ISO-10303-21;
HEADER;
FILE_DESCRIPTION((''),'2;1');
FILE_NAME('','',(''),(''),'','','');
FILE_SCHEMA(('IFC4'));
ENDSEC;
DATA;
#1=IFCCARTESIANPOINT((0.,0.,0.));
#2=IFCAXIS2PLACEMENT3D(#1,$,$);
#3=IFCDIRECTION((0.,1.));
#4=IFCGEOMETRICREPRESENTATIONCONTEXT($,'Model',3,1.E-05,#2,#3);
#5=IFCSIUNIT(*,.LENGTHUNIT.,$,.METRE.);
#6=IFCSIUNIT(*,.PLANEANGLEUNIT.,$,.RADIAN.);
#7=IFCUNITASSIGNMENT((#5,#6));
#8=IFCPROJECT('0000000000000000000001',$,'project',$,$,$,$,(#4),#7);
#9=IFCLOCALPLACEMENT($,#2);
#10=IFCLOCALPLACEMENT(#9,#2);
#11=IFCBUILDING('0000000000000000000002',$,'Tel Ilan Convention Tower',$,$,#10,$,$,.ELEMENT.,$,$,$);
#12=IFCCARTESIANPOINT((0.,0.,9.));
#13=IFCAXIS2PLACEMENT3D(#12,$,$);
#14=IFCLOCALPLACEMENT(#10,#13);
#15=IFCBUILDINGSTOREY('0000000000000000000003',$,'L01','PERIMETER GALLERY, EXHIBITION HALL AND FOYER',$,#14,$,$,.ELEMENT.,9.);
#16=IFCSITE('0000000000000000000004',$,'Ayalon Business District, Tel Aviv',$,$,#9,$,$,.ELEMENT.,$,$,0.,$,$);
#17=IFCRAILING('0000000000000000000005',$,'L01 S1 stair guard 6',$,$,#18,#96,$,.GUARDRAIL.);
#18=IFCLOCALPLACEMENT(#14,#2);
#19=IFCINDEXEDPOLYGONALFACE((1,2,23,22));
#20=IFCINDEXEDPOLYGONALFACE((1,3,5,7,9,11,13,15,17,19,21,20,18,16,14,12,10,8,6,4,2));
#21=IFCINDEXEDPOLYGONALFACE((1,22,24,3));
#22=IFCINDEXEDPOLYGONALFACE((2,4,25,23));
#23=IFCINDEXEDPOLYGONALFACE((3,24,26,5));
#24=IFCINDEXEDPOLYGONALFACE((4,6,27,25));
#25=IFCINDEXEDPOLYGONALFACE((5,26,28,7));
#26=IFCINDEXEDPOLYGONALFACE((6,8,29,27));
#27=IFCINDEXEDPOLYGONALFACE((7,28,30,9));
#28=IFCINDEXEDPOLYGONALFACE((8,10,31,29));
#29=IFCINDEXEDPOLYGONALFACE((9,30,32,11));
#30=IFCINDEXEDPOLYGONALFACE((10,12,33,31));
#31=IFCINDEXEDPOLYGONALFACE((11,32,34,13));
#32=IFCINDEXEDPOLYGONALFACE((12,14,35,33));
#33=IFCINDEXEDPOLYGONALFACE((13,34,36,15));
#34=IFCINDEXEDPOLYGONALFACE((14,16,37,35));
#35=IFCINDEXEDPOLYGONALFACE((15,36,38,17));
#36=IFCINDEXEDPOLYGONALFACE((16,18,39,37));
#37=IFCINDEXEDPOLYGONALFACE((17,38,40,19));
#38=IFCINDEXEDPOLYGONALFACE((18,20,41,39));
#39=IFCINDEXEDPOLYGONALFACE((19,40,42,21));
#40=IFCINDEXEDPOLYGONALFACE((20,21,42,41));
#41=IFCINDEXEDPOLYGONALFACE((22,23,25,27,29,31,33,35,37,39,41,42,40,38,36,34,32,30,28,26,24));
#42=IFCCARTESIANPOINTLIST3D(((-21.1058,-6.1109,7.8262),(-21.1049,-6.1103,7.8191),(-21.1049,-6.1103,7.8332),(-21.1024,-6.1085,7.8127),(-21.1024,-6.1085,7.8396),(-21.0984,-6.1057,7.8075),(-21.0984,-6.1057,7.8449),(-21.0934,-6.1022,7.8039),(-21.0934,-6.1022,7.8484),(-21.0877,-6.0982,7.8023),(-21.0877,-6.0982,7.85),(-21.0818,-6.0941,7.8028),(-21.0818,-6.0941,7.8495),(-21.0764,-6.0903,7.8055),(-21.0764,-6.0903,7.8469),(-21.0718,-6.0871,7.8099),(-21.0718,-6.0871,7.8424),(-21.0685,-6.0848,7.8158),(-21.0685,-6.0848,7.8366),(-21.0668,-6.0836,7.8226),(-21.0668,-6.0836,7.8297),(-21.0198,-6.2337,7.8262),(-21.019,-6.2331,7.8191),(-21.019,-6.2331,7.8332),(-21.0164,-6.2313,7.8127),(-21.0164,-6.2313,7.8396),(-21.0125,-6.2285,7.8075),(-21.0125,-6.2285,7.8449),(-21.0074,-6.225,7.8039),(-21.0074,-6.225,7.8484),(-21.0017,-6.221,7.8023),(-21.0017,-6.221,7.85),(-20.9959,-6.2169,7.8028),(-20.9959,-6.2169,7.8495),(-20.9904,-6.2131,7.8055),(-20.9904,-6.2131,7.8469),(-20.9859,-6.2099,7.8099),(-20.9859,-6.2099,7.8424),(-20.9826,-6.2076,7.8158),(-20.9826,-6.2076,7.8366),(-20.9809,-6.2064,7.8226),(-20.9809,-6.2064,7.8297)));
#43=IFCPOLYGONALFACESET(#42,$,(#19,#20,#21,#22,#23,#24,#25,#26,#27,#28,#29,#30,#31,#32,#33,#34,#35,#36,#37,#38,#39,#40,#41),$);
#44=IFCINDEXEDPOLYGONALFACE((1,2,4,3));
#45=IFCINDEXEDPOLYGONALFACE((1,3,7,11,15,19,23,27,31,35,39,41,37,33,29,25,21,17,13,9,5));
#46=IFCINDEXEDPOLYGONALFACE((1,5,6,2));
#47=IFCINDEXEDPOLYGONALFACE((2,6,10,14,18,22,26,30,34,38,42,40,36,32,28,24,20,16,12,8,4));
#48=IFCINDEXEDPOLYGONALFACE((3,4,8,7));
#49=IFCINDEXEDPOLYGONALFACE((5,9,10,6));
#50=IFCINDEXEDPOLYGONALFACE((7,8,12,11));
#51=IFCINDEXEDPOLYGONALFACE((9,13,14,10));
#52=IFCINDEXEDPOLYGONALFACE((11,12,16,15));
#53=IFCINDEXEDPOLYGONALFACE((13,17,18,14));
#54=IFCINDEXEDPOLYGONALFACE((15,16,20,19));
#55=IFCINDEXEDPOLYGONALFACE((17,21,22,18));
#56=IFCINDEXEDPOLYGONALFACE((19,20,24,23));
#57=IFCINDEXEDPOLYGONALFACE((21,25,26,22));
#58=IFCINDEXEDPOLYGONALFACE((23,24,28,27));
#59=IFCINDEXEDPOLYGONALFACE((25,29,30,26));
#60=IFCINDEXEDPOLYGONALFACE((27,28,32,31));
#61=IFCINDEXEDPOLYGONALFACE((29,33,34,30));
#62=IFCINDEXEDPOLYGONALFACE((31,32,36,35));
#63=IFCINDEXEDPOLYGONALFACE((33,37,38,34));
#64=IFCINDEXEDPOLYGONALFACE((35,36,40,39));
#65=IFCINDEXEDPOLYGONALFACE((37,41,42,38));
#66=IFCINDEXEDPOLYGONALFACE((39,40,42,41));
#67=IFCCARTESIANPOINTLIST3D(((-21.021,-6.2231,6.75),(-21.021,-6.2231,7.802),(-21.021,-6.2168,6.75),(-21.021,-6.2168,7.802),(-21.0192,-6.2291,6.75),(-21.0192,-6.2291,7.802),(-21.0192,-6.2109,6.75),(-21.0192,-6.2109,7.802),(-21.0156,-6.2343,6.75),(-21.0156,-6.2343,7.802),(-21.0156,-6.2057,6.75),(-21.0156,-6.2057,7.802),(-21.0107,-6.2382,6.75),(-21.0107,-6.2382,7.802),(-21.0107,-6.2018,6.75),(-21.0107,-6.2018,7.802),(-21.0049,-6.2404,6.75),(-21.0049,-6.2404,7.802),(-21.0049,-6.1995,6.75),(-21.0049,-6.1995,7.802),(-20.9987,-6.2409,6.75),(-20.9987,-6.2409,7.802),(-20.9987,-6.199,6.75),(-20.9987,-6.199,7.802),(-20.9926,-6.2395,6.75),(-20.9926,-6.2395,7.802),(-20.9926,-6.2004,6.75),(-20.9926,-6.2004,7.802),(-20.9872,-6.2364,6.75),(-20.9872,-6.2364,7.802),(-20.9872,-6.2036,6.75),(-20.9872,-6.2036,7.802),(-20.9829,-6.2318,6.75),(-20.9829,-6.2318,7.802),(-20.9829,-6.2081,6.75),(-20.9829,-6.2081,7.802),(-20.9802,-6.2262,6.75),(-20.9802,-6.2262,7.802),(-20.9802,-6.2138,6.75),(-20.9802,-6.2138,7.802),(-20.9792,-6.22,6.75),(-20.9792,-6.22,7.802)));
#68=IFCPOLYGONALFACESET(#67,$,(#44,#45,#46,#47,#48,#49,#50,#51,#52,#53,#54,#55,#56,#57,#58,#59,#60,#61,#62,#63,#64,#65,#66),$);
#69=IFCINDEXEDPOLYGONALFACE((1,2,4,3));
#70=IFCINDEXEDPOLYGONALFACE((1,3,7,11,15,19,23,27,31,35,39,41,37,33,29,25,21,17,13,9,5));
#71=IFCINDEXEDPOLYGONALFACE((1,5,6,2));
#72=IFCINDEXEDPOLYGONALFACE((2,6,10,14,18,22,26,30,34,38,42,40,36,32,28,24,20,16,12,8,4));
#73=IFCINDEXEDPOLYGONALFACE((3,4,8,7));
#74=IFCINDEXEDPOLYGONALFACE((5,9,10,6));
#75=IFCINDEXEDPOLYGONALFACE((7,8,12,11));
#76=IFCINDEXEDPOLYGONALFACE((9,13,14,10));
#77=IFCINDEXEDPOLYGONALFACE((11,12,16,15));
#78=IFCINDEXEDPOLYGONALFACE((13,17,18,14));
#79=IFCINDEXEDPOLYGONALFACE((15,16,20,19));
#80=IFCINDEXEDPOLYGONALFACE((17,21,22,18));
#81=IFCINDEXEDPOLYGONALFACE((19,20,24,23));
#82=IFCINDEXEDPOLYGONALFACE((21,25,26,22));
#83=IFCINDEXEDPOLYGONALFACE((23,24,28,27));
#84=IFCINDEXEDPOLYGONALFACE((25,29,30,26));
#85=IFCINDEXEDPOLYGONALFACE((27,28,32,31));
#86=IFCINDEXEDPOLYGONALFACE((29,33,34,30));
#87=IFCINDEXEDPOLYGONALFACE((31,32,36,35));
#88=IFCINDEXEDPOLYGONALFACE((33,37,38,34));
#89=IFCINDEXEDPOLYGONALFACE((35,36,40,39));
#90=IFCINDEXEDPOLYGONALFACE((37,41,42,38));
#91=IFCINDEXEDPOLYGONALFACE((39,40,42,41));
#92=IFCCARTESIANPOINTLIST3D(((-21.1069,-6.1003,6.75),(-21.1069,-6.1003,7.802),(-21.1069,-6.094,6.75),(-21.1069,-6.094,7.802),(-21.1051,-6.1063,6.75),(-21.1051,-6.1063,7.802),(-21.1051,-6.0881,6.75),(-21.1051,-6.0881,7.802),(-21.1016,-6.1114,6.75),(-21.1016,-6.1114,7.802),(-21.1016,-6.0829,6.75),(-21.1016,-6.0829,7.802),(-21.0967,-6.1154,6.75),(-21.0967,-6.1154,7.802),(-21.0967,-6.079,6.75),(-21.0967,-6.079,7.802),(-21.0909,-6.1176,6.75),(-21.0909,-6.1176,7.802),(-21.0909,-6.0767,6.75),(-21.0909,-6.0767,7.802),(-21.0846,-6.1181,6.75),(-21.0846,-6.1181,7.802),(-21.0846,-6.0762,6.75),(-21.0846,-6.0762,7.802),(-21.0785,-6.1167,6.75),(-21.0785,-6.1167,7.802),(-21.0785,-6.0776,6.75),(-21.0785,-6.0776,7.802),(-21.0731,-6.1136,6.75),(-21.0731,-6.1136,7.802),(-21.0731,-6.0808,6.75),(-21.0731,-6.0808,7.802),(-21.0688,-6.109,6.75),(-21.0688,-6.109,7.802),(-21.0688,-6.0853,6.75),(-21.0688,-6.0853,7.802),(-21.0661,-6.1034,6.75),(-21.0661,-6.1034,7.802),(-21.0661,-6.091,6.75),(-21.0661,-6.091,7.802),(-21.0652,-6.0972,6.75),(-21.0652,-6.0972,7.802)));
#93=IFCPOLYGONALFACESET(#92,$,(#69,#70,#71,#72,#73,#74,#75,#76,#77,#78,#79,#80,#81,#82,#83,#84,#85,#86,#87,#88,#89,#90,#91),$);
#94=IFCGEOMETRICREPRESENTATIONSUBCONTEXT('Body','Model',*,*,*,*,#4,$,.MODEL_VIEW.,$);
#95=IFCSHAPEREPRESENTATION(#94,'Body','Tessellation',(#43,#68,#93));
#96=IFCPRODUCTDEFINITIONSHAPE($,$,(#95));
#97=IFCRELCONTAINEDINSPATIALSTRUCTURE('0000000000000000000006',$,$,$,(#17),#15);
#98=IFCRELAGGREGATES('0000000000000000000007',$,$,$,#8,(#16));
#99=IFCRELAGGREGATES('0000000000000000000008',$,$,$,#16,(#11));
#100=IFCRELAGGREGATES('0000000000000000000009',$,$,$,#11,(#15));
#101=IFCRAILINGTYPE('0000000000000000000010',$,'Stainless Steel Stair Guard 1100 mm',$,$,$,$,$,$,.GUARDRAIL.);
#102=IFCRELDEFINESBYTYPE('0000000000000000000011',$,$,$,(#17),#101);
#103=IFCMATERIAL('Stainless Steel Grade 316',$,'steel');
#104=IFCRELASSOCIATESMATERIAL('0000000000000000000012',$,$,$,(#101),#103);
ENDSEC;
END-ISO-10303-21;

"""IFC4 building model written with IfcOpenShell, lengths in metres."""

from ifc_helpers import new_model, si_unit, direction, frame, origin, origin_2d, place, context, subcontext, project, spatial, circle, extrude, material, type_object, element, save


model = new_model("IFC4")

# Units and contexts
model_context = context("Model", 3, precision=1e-05, world=origin(), true_north=direction((0.0, 1.0)))
body_context = subcontext(model_context, "Body", "Model", "MODEL_VIEW")
ifc_project = project(units=[si_unit("LENGTHUNIT", "METRE"), si_unit("PLANEANGLEUNIT", "RADIAN")], contexts=[model_context])

# Site, building, storey
site_placement = place(None, origin())
site = spatial("IfcSite", under=ifc_project, at=site_placement, Name="Ayalon Business District, Tel Aviv", CompositionType="ELEMENT", RefElevation=0.0)
building_placement = place(site_placement, origin())
building = spatial("IfcBuilding", under=site, at=building_placement, Name="Tel Ilan Convention Tower", CompositionType="ELEMENT")
storey_placement = place(building_placement, frame((0.0, 0.0, 9.0)))
storey = spatial("IfcBuildingStorey", under=building, at=storey_placement, Name="L01", Description="PERIMETER GALLERY, EXHIBITION HALL AND FOYER", CompositionType="ELEMENT", Elevation=9.0)

# Railing
ifc_material_1 = material(Name="Stainless Steel Grade 316", Category="steel")
railing_type_1 = type_object("IfcRailingType", Name="Stainless Steel Stair Guard 1100 mm", PredefinedType="GUARDRAIL", material=ifc_material_1)
railing_1_placement = place(storey_placement, frame((-21.0002, -6.22, 6.75)))
element("IfcRailing", 1, at=railing_1_placement, inside=storey, type_object=railing_type_1, Name="L01 S1 stair guard 6", PredefinedType="GUARDRAIL", context=body_context, shape_type="SweptSolid", body=[
    extrude(circle(Radius=0.0239, at=origin_2d()), frame((0.0, 0.0, 1.0762), z_axis=(-0.573353, 0.819308, 0.0), x_axis=(-0.819308, -0.573353, 0.0)), (0.0, 0.0, 1.0), 0.1499),
    extrude(circle(Radius=0.021, at=origin_2d()), origin(), (0.0, 0.0, 1.0), 1.052),
    extrude(circle(Radius=0.021, at=origin_2d()), frame((-0.0859, 0.1228, 0.0)), (0.0, 0.0, 1.0), 1.052),
])

save(model, "model.ifc")
